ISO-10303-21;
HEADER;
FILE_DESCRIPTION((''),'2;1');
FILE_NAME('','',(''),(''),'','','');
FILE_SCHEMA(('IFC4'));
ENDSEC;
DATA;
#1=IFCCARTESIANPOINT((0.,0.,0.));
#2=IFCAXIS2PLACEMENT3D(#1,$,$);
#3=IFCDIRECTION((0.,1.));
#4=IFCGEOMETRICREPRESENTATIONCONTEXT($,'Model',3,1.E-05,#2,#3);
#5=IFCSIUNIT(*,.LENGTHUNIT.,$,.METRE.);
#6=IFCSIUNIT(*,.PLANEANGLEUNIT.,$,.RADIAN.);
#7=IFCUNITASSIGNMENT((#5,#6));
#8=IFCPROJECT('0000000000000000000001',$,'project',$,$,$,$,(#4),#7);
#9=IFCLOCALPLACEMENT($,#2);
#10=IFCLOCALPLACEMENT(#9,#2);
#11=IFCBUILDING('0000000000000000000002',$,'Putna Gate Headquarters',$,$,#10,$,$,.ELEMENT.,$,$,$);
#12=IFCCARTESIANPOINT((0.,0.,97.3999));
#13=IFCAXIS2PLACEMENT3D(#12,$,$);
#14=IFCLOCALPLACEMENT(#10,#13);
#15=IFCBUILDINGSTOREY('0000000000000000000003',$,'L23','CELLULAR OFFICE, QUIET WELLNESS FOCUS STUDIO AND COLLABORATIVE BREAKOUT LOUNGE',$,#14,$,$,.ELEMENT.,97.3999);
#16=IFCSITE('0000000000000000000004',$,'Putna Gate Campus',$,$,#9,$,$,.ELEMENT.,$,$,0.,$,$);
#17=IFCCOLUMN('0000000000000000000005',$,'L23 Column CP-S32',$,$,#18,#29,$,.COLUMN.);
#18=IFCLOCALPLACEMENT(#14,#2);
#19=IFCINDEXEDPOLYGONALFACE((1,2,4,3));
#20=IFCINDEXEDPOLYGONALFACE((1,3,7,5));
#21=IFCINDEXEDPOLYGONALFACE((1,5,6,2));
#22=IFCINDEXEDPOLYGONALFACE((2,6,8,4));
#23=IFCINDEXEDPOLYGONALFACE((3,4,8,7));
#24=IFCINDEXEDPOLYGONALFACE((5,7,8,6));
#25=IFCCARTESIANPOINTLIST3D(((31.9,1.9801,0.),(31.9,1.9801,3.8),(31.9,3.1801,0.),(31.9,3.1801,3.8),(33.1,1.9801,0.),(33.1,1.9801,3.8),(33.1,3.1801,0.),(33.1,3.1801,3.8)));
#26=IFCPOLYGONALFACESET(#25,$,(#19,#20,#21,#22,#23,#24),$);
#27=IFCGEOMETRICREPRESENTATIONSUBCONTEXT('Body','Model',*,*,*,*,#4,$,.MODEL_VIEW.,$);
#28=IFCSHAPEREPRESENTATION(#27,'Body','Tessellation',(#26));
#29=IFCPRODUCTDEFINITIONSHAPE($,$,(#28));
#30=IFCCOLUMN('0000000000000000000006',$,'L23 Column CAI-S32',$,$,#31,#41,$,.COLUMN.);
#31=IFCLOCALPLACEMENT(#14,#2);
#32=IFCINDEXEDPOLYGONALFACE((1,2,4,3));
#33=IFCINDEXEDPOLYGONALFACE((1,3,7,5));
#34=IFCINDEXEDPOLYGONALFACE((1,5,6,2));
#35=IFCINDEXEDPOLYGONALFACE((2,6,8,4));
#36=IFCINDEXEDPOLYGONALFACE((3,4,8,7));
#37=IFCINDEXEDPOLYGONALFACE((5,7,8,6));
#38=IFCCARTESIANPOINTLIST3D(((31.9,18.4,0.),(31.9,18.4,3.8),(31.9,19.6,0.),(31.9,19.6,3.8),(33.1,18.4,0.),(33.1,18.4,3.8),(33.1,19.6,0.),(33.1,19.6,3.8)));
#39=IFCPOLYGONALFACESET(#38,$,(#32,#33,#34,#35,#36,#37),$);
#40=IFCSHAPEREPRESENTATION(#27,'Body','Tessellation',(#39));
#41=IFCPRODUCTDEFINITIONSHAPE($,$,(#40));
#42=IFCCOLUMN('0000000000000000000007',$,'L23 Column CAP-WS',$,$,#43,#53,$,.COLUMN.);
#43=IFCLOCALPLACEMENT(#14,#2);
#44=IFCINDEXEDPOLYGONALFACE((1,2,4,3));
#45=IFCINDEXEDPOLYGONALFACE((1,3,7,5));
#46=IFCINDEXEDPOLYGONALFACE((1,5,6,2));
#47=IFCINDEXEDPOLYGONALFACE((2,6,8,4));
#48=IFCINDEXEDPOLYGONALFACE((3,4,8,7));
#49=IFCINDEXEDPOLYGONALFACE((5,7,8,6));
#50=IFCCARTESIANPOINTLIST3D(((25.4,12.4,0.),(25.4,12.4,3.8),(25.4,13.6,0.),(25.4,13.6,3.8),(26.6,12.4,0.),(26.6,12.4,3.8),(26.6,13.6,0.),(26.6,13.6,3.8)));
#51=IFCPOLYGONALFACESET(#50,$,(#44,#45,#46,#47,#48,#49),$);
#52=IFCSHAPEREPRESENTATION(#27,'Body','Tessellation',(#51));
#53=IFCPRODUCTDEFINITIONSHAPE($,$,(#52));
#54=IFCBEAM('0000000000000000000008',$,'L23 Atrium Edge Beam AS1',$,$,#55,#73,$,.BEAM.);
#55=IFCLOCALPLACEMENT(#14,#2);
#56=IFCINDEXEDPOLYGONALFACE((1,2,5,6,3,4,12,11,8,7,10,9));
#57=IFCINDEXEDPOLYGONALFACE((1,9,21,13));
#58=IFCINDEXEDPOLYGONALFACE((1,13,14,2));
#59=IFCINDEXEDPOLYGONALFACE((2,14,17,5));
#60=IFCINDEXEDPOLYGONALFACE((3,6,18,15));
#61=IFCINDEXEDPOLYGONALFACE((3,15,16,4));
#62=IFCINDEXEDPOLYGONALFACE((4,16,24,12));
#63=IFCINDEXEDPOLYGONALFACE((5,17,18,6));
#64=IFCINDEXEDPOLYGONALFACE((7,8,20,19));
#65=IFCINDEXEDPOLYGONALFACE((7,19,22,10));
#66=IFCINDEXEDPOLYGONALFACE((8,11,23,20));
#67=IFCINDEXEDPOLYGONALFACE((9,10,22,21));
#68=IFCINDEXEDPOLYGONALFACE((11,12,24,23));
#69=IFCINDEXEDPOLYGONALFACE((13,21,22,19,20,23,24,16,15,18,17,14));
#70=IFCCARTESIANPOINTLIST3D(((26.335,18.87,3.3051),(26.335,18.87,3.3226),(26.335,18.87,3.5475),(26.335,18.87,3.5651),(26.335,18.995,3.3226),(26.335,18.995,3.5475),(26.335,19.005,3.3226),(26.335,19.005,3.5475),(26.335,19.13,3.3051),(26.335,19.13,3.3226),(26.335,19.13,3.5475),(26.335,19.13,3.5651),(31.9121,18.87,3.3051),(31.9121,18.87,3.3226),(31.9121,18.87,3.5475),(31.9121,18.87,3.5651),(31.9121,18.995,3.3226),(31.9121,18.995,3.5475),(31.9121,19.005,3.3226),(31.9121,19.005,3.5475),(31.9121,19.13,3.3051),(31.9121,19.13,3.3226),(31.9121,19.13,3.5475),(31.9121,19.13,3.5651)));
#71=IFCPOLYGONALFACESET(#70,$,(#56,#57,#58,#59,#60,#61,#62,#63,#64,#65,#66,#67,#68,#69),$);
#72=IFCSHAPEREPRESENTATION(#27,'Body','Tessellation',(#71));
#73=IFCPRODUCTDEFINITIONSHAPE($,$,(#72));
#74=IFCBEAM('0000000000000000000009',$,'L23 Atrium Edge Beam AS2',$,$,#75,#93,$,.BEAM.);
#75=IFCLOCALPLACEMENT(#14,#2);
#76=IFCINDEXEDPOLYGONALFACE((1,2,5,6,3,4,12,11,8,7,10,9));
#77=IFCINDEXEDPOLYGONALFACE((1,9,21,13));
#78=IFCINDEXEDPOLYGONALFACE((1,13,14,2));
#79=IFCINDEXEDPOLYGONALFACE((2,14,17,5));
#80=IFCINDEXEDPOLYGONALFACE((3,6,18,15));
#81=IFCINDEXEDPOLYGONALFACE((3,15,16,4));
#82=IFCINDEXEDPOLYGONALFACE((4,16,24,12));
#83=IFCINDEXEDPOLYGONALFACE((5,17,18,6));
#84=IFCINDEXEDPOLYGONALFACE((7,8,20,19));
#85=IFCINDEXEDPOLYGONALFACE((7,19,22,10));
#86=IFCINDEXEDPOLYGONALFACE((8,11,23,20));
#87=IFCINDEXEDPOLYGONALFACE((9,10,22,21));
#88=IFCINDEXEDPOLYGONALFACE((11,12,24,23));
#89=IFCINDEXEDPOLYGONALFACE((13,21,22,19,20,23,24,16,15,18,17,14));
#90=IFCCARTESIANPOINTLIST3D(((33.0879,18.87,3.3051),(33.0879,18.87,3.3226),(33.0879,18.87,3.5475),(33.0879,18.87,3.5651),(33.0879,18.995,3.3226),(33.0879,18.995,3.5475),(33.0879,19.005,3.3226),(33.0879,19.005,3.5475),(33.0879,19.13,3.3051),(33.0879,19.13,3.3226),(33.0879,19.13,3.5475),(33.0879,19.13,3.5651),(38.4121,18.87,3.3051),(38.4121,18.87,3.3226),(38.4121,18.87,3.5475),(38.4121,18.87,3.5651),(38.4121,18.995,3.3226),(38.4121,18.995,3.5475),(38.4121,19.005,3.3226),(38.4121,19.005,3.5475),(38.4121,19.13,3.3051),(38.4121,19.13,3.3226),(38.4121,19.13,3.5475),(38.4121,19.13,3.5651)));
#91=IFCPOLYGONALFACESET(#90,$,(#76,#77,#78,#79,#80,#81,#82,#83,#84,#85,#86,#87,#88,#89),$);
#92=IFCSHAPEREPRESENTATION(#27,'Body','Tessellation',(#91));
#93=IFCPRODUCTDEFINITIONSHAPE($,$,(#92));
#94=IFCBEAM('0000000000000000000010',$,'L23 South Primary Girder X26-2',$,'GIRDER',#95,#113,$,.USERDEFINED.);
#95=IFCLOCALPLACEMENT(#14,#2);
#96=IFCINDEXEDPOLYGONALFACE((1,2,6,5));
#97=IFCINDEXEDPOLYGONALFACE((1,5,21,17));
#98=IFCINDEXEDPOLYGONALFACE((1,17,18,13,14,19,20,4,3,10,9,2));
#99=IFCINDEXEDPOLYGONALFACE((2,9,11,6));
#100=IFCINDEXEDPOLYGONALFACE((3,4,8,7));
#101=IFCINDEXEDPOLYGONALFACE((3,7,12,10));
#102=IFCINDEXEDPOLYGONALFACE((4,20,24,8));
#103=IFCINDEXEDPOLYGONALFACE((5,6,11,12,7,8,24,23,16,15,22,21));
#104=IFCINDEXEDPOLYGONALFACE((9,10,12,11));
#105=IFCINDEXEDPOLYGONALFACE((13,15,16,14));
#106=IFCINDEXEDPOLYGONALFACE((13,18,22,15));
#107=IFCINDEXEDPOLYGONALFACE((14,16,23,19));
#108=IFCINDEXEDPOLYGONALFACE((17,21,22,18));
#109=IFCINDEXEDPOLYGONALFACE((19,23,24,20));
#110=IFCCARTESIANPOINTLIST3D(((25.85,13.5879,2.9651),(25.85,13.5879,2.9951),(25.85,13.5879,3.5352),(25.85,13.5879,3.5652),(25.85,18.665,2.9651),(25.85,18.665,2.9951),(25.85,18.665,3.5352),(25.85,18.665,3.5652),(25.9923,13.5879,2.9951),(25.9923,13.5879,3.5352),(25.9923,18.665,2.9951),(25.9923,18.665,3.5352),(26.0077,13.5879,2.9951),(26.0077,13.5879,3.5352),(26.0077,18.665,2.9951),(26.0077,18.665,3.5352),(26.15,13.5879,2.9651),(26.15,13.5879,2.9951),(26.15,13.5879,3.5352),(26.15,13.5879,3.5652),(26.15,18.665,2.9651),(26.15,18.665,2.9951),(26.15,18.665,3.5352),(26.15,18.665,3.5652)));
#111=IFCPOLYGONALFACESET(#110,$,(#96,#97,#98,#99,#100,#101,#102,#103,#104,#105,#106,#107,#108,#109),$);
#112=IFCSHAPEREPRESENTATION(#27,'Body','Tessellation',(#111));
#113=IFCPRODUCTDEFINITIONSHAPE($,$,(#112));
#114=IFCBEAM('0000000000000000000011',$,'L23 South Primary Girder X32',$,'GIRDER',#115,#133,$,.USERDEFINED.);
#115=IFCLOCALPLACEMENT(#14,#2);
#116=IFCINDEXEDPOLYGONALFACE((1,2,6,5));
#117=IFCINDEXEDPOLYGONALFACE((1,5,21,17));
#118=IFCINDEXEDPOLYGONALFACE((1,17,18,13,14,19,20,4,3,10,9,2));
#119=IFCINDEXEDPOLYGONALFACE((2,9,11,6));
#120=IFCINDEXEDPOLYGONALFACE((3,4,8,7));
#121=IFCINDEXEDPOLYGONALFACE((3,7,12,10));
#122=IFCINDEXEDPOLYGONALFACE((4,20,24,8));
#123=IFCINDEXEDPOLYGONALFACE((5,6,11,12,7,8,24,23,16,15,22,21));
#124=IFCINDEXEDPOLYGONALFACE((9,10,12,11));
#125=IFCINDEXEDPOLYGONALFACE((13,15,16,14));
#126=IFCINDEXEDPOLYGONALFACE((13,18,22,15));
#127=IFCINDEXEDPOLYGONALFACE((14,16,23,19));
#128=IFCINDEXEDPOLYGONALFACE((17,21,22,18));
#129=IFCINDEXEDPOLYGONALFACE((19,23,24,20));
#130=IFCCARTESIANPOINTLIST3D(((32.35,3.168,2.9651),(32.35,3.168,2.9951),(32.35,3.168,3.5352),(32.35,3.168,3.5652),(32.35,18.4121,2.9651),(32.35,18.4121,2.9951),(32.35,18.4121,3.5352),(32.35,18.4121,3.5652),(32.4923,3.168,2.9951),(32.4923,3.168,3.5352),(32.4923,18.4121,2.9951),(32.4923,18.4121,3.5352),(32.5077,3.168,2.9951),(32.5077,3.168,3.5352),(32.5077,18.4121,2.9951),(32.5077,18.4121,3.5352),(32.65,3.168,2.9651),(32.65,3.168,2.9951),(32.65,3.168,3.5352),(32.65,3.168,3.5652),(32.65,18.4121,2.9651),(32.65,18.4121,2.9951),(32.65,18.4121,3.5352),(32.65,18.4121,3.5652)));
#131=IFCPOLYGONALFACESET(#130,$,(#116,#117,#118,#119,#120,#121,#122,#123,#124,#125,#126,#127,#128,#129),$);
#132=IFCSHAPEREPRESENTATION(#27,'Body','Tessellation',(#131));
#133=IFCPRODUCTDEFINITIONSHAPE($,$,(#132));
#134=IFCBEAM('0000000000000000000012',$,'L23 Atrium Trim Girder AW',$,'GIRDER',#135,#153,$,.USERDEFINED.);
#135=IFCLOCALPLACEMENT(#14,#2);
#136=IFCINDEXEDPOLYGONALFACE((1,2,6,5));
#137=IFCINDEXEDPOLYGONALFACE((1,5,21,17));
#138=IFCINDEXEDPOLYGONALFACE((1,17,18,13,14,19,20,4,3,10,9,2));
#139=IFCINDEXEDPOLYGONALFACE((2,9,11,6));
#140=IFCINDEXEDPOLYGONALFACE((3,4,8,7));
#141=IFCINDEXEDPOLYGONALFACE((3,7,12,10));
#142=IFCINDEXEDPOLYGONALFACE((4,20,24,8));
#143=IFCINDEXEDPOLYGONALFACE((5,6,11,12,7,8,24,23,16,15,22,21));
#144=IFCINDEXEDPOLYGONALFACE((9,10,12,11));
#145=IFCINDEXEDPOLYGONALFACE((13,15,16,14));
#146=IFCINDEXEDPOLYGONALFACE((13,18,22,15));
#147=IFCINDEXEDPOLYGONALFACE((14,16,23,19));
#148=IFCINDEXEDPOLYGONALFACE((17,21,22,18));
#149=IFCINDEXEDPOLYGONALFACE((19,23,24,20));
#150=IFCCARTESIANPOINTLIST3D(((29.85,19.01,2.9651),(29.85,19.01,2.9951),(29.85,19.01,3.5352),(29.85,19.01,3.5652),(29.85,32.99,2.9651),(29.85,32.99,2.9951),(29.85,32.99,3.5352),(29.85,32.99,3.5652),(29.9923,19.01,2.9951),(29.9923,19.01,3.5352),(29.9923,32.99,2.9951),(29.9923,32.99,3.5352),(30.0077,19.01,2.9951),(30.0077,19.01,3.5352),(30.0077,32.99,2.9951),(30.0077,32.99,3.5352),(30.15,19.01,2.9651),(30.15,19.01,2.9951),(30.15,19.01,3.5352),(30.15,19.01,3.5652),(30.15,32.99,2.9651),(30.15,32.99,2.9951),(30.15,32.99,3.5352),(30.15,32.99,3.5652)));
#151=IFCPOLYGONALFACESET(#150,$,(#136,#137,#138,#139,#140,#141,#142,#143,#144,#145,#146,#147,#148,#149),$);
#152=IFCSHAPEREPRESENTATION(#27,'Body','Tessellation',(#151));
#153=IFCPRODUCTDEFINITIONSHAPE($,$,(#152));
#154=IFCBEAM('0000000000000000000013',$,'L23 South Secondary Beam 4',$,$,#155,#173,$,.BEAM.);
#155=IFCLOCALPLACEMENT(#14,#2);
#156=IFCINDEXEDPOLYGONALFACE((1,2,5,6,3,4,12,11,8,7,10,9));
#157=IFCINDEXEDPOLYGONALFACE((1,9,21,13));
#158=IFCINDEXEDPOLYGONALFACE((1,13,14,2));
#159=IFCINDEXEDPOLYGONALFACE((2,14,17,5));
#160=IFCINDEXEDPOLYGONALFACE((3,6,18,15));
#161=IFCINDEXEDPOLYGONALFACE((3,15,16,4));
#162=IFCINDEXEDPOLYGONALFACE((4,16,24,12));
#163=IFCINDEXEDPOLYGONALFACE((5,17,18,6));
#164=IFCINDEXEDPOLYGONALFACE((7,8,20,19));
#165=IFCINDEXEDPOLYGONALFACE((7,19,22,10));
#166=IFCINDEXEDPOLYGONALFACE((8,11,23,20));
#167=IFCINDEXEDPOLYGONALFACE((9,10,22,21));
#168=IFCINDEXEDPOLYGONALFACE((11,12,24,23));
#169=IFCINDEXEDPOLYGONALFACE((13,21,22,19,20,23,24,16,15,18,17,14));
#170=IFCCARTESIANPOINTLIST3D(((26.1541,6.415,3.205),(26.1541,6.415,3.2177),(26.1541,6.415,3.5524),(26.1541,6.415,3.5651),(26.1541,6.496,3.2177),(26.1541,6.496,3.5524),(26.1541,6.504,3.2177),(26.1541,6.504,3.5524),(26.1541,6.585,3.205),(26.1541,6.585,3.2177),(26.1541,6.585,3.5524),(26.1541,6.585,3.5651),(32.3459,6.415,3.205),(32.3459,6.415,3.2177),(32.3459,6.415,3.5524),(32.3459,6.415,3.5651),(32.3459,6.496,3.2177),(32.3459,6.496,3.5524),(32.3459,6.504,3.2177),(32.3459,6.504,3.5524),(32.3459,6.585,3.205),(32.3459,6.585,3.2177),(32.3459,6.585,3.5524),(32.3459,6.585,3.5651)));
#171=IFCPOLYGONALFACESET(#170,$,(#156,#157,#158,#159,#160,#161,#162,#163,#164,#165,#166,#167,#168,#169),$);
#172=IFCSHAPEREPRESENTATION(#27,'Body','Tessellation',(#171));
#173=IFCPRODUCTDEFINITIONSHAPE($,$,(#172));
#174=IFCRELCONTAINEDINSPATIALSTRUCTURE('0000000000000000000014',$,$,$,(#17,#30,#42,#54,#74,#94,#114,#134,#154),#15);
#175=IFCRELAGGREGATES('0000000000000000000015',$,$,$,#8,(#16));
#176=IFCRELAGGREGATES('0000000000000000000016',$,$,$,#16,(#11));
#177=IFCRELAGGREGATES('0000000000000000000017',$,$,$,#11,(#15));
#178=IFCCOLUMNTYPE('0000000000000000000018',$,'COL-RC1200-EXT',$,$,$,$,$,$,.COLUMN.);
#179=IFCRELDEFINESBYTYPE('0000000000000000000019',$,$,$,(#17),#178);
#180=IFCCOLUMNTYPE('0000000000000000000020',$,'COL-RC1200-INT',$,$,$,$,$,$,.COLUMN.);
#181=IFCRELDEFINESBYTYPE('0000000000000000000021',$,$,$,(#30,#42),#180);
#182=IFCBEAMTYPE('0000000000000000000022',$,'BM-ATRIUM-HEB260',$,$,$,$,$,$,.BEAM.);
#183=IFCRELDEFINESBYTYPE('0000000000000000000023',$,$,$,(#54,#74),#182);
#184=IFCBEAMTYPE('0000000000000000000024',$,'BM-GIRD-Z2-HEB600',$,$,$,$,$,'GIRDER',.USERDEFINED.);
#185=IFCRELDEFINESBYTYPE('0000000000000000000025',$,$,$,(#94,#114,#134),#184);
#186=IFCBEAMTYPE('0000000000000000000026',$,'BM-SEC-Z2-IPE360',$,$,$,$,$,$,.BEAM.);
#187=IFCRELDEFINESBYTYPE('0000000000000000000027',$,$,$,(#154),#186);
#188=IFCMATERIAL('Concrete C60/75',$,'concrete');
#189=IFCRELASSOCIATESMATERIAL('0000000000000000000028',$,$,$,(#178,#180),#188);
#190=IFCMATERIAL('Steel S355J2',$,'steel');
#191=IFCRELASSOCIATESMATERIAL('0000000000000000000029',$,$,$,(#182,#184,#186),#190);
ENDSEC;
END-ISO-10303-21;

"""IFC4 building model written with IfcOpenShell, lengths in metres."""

from ifc_helpers import new_model, si_unit, direction, frame, origin, origin_2d, place, context, subcontext, project, spatial, rectangle, i_section, extrude, material, material_profile, profile_set, type_object, element, save


model = new_model("IFC4")

# Units and contexts
model_context = context("Model", 3, precision=1e-05, world=origin(), true_north=direction((0.0, 1.0)))
body_context = subcontext(model_context, "Body", "Model", "MODEL_VIEW")
ifc_project = project(units=[si_unit("LENGTHUNIT", "METRE"), si_unit("PLANEANGLEUNIT", "RADIAN")], contexts=[model_context])

# Site, building, storey
site_placement = place(None, origin())
site = spatial("IfcSite", under=ifc_project, at=site_placement, Name="Putna Gate Campus", CompositionType="ELEMENT", RefElevation=0.0)
building_placement = place(site_placement, origin())
building = spatial("IfcBuilding", under=site, at=building_placement, Name="Putna Gate Headquarters", CompositionType="ELEMENT")
storey_placement = place(building_placement, frame((0.0, 0.0, 97.3999)))
storey = spatial("IfcBuildingStorey", under=building, at=storey_placement, Name="L23", Description="CELLULAR OFFICE, QUIET WELLNESS FOCUS STUDIO AND COLLABORATIVE BREAKOUT LOUNGE", CompositionType="ELEMENT", Elevation=97.3999)

# Columns
ifc_material_1 = material(Name="Concrete C60/75", Category="concrete")
ifc_material_profile_1 = material_profile(ifc_material_1, rectangle(XDim=1.2, YDim=1.2, at=origin_2d()), Name="Concrete C60/75")
ifc_profile_set_1 = profile_set([ifc_material_profile_1], Name="Concrete C60/75")
column_type_1 = type_object("IfcColumnType", Name="COL-RC1200-EXT", PredefinedType="COLUMN", material=ifc_profile_set_1)
column_placement = place(storey_placement, frame((32.5, 2.5801, 0.0), z_axis=(0.0, 0.0, 1.0), x_axis=(1.0, 0.0, 0.0)))
element("IfcColumn", 1, at=column_placement, inside=storey, type_object=column_type_1, Name="L23 Column CP-S32", PredefinedType="COLUMN", context=body_context, shape_type="SweptSolid", body=[
    extrude(rectangle(XDim=1.2, YDim=1.2, at=origin_2d()), origin(), (0.0, 0.0, 1.0), 3.8),
])
ifc_material_profile_2 = material_profile(ifc_material_1, rectangle(XDim=1.2, YDim=1.2, at=origin_2d()), Name="Concrete C60/75")
ifc_profile_set_2 = profile_set([ifc_material_profile_2], Name="Concrete C60/75")
column_type_2 = type_object("IfcColumnType", Name="COL-RC1200-INT", PredefinedType="COLUMN", material=ifc_profile_set_2)
for number, where, z_axis, x_axis, name in (
    (2, (32.5, 19.0, 0.0), (0.0, 0.0, 1.0), (1.0, 0.0, 0.0), "L23 Column CAI-S32"),
    (3, (26.0, 13.0, 0.0), (0.0, 0.0, 1.0), (1.0, 0.0, 0.0), "L23 Column CAP-WS"),
):
    element("IfcColumn", number, at=place(storey_placement, frame(where, z_axis=z_axis, x_axis=x_axis)), inside=storey, type_object=column_type_2, Name=name, PredefinedType="COLUMN", context=body_context, shape_type="SweptSolid", body=[
        extrude(rectangle(XDim=1.2, YDim=1.2, at=origin_2d()), origin(), (0.0, 0.0, 1.0), 3.8),
    ])

# Beams
ifc_material_2 = material(Name="Steel S355J2", Category="steel")
ifc_material_profile_3 = material_profile(ifc_material_2, i_section(OverallWidth=0.26, OverallDepth=0.26, WebThickness=0.01, FlangeThickness=0.0176, at=origin_2d()), Name="Steel S355J2")
ifc_profile_set_3 = profile_set([ifc_material_profile_3], Name="Steel S355J2")
beam_type_1 = type_object("IfcBeamType", Name="BM-ATRIUM-HEB260", PredefinedType="BEAM", material=ifc_profile_set_3)
beam_1_placement = place(storey_placement, frame((26.335, 19.0, 3.4351), z_axis=(1.0, 0.0, 0.0), x_axis=(0.0, 1.0, 0.0)))
element("IfcBeam", 4, at=beam_1_placement, inside=storey, type_object=beam_type_1, Name="L23 Atrium Edge Beam AS1", PredefinedType="BEAM", context=body_context, shape_type="SweptSolid", body=[
    extrude(i_section(OverallWidth=0.26, OverallDepth=0.26, WebThickness=0.01, FlangeThickness=0.0176, at=origin_2d()), origin(), (0.0, 0.0, 1.0), 5.5771),
])
beam_2_placement = place(storey_placement, frame((33.0879, 19.0, 3.4351), z_axis=(1.0, 0.0, 0.0), x_axis=(0.0, 1.0, 0.0)))
element("IfcBeam", 5, at=beam_2_placement, inside=storey, type_object=beam_type_1, Name="L23 Atrium Edge Beam AS2", PredefinedType="BEAM", context=body_context, shape_type="SweptSolid", body=[
    extrude(i_section(OverallWidth=0.26, OverallDepth=0.26, WebThickness=0.01, FlangeThickness=0.0176, at=origin_2d()), origin(), (0.0, 0.0, 1.0), 5.3242),
])
ifc_material_profile_4 = material_profile(ifc_material_2, i_section(OverallWidth=0.3, OverallDepth=0.6001, WebThickness=0.0154, FlangeThickness=0.03, at=origin_2d()), Name="Steel S355J2")
ifc_profile_set_4 = profile_set([ifc_material_profile_4], Name="Steel S355J2")
beam_type_2 = type_object("IfcBeamType", Name="BM-GIRD-Z2-HEB600", ElementType="GIRDER", PredefinedType="USERDEFINED", material=ifc_profile_set_4)
beam_3_placement = place(storey_placement, frame((26.0, 13.5879, 3.2651), z_axis=(0.0, 1.0, 0.0), x_axis=(-1.0, 0.0, 0.0)))
element("IfcBeam", 6, at=beam_3_placement, inside=storey, type_object=beam_type_2, Name="L23 South Primary Girder X26-2", ObjectType="GIRDER", PredefinedType="USERDEFINED", context=body_context, shape_type="SweptSolid", body=[
    extrude(i_section(OverallWidth=0.3, OverallDepth=0.6001, WebThickness=0.0154, FlangeThickness=0.03, at=origin_2d()), origin(), (0.0, 0.0, 1.0), 5.0771),
])
beam_4_placement = place(storey_placement, frame((32.5, 3.168, 3.2651), z_axis=(0.0, 1.0, 0.0), x_axis=(-1.0, 0.0, 0.0)))
element("IfcBeam", 7, at=beam_4_placement, inside=storey, type_object=beam_type_2, Name="L23 South Primary Girder X32", ObjectType="GIRDER", PredefinedType="USERDEFINED", context=body_context, shape_type="SweptSolid", body=[
    extrude(i_section(OverallWidth=0.3, OverallDepth=0.6001, WebThickness=0.0154, FlangeThickness=0.03, at=origin_2d()), origin(), (0.0, 0.0, 1.0), 15.2441),
])
beam_5_placement = place(storey_placement, frame((30.0, 19.01, 3.2651), z_axis=(0.0, 1.0, 0.0), x_axis=(-1.0, 0.0, 0.0)))
element("IfcBeam", 8, at=beam_5_placement, inside=storey, type_object=beam_type_2, Name="L23 Atrium Trim Girder AW", ObjectType="GIRDER", PredefinedType="USERDEFINED", context=body_context, shape_type="SweptSolid", body=[
    extrude(i_section(OverallWidth=0.3, OverallDepth=0.6001, WebThickness=0.0154, FlangeThickness=0.03, at=origin_2d()), origin(), (0.0, 0.0, 1.0), 13.98),
])
ifc_material_profile_5 = material_profile(ifc_material_2, i_section(OverallWidth=0.1699, OverallDepth=0.3601, WebThickness=0.0081, FlangeThickness=0.0127, at=origin_2d()), Name="Steel S355J2")
ifc_profile_set_5 = profile_set([ifc_material_profile_5], Name="Steel S355J2")
beam_type_3 = type_object("IfcBeamType", Name="BM-SEC-Z2-IPE360", PredefinedType="BEAM", material=ifc_profile_set_5)
beam_6_placement = place(storey_placement, frame((26.1541, 6.5, 3.385), z_axis=(1.0, 0.0, 0.0), x_axis=(0.0, 1.0, 0.0)))
element("IfcBeam", 9, at=beam_6_placement, inside=storey, type_object=beam_type_3, Name="L23 South Secondary Beam 4", PredefinedType="BEAM", context=body_context, shape_type="SweptSolid", body=[
    extrude(i_section(OverallWidth=0.1699, OverallDepth=0.3601, WebThickness=0.0081, FlangeThickness=0.0127, at=origin_2d()), origin(), (0.0, 0.0, 1.0), 6.1919),
])

save(model, "model.ifc")
